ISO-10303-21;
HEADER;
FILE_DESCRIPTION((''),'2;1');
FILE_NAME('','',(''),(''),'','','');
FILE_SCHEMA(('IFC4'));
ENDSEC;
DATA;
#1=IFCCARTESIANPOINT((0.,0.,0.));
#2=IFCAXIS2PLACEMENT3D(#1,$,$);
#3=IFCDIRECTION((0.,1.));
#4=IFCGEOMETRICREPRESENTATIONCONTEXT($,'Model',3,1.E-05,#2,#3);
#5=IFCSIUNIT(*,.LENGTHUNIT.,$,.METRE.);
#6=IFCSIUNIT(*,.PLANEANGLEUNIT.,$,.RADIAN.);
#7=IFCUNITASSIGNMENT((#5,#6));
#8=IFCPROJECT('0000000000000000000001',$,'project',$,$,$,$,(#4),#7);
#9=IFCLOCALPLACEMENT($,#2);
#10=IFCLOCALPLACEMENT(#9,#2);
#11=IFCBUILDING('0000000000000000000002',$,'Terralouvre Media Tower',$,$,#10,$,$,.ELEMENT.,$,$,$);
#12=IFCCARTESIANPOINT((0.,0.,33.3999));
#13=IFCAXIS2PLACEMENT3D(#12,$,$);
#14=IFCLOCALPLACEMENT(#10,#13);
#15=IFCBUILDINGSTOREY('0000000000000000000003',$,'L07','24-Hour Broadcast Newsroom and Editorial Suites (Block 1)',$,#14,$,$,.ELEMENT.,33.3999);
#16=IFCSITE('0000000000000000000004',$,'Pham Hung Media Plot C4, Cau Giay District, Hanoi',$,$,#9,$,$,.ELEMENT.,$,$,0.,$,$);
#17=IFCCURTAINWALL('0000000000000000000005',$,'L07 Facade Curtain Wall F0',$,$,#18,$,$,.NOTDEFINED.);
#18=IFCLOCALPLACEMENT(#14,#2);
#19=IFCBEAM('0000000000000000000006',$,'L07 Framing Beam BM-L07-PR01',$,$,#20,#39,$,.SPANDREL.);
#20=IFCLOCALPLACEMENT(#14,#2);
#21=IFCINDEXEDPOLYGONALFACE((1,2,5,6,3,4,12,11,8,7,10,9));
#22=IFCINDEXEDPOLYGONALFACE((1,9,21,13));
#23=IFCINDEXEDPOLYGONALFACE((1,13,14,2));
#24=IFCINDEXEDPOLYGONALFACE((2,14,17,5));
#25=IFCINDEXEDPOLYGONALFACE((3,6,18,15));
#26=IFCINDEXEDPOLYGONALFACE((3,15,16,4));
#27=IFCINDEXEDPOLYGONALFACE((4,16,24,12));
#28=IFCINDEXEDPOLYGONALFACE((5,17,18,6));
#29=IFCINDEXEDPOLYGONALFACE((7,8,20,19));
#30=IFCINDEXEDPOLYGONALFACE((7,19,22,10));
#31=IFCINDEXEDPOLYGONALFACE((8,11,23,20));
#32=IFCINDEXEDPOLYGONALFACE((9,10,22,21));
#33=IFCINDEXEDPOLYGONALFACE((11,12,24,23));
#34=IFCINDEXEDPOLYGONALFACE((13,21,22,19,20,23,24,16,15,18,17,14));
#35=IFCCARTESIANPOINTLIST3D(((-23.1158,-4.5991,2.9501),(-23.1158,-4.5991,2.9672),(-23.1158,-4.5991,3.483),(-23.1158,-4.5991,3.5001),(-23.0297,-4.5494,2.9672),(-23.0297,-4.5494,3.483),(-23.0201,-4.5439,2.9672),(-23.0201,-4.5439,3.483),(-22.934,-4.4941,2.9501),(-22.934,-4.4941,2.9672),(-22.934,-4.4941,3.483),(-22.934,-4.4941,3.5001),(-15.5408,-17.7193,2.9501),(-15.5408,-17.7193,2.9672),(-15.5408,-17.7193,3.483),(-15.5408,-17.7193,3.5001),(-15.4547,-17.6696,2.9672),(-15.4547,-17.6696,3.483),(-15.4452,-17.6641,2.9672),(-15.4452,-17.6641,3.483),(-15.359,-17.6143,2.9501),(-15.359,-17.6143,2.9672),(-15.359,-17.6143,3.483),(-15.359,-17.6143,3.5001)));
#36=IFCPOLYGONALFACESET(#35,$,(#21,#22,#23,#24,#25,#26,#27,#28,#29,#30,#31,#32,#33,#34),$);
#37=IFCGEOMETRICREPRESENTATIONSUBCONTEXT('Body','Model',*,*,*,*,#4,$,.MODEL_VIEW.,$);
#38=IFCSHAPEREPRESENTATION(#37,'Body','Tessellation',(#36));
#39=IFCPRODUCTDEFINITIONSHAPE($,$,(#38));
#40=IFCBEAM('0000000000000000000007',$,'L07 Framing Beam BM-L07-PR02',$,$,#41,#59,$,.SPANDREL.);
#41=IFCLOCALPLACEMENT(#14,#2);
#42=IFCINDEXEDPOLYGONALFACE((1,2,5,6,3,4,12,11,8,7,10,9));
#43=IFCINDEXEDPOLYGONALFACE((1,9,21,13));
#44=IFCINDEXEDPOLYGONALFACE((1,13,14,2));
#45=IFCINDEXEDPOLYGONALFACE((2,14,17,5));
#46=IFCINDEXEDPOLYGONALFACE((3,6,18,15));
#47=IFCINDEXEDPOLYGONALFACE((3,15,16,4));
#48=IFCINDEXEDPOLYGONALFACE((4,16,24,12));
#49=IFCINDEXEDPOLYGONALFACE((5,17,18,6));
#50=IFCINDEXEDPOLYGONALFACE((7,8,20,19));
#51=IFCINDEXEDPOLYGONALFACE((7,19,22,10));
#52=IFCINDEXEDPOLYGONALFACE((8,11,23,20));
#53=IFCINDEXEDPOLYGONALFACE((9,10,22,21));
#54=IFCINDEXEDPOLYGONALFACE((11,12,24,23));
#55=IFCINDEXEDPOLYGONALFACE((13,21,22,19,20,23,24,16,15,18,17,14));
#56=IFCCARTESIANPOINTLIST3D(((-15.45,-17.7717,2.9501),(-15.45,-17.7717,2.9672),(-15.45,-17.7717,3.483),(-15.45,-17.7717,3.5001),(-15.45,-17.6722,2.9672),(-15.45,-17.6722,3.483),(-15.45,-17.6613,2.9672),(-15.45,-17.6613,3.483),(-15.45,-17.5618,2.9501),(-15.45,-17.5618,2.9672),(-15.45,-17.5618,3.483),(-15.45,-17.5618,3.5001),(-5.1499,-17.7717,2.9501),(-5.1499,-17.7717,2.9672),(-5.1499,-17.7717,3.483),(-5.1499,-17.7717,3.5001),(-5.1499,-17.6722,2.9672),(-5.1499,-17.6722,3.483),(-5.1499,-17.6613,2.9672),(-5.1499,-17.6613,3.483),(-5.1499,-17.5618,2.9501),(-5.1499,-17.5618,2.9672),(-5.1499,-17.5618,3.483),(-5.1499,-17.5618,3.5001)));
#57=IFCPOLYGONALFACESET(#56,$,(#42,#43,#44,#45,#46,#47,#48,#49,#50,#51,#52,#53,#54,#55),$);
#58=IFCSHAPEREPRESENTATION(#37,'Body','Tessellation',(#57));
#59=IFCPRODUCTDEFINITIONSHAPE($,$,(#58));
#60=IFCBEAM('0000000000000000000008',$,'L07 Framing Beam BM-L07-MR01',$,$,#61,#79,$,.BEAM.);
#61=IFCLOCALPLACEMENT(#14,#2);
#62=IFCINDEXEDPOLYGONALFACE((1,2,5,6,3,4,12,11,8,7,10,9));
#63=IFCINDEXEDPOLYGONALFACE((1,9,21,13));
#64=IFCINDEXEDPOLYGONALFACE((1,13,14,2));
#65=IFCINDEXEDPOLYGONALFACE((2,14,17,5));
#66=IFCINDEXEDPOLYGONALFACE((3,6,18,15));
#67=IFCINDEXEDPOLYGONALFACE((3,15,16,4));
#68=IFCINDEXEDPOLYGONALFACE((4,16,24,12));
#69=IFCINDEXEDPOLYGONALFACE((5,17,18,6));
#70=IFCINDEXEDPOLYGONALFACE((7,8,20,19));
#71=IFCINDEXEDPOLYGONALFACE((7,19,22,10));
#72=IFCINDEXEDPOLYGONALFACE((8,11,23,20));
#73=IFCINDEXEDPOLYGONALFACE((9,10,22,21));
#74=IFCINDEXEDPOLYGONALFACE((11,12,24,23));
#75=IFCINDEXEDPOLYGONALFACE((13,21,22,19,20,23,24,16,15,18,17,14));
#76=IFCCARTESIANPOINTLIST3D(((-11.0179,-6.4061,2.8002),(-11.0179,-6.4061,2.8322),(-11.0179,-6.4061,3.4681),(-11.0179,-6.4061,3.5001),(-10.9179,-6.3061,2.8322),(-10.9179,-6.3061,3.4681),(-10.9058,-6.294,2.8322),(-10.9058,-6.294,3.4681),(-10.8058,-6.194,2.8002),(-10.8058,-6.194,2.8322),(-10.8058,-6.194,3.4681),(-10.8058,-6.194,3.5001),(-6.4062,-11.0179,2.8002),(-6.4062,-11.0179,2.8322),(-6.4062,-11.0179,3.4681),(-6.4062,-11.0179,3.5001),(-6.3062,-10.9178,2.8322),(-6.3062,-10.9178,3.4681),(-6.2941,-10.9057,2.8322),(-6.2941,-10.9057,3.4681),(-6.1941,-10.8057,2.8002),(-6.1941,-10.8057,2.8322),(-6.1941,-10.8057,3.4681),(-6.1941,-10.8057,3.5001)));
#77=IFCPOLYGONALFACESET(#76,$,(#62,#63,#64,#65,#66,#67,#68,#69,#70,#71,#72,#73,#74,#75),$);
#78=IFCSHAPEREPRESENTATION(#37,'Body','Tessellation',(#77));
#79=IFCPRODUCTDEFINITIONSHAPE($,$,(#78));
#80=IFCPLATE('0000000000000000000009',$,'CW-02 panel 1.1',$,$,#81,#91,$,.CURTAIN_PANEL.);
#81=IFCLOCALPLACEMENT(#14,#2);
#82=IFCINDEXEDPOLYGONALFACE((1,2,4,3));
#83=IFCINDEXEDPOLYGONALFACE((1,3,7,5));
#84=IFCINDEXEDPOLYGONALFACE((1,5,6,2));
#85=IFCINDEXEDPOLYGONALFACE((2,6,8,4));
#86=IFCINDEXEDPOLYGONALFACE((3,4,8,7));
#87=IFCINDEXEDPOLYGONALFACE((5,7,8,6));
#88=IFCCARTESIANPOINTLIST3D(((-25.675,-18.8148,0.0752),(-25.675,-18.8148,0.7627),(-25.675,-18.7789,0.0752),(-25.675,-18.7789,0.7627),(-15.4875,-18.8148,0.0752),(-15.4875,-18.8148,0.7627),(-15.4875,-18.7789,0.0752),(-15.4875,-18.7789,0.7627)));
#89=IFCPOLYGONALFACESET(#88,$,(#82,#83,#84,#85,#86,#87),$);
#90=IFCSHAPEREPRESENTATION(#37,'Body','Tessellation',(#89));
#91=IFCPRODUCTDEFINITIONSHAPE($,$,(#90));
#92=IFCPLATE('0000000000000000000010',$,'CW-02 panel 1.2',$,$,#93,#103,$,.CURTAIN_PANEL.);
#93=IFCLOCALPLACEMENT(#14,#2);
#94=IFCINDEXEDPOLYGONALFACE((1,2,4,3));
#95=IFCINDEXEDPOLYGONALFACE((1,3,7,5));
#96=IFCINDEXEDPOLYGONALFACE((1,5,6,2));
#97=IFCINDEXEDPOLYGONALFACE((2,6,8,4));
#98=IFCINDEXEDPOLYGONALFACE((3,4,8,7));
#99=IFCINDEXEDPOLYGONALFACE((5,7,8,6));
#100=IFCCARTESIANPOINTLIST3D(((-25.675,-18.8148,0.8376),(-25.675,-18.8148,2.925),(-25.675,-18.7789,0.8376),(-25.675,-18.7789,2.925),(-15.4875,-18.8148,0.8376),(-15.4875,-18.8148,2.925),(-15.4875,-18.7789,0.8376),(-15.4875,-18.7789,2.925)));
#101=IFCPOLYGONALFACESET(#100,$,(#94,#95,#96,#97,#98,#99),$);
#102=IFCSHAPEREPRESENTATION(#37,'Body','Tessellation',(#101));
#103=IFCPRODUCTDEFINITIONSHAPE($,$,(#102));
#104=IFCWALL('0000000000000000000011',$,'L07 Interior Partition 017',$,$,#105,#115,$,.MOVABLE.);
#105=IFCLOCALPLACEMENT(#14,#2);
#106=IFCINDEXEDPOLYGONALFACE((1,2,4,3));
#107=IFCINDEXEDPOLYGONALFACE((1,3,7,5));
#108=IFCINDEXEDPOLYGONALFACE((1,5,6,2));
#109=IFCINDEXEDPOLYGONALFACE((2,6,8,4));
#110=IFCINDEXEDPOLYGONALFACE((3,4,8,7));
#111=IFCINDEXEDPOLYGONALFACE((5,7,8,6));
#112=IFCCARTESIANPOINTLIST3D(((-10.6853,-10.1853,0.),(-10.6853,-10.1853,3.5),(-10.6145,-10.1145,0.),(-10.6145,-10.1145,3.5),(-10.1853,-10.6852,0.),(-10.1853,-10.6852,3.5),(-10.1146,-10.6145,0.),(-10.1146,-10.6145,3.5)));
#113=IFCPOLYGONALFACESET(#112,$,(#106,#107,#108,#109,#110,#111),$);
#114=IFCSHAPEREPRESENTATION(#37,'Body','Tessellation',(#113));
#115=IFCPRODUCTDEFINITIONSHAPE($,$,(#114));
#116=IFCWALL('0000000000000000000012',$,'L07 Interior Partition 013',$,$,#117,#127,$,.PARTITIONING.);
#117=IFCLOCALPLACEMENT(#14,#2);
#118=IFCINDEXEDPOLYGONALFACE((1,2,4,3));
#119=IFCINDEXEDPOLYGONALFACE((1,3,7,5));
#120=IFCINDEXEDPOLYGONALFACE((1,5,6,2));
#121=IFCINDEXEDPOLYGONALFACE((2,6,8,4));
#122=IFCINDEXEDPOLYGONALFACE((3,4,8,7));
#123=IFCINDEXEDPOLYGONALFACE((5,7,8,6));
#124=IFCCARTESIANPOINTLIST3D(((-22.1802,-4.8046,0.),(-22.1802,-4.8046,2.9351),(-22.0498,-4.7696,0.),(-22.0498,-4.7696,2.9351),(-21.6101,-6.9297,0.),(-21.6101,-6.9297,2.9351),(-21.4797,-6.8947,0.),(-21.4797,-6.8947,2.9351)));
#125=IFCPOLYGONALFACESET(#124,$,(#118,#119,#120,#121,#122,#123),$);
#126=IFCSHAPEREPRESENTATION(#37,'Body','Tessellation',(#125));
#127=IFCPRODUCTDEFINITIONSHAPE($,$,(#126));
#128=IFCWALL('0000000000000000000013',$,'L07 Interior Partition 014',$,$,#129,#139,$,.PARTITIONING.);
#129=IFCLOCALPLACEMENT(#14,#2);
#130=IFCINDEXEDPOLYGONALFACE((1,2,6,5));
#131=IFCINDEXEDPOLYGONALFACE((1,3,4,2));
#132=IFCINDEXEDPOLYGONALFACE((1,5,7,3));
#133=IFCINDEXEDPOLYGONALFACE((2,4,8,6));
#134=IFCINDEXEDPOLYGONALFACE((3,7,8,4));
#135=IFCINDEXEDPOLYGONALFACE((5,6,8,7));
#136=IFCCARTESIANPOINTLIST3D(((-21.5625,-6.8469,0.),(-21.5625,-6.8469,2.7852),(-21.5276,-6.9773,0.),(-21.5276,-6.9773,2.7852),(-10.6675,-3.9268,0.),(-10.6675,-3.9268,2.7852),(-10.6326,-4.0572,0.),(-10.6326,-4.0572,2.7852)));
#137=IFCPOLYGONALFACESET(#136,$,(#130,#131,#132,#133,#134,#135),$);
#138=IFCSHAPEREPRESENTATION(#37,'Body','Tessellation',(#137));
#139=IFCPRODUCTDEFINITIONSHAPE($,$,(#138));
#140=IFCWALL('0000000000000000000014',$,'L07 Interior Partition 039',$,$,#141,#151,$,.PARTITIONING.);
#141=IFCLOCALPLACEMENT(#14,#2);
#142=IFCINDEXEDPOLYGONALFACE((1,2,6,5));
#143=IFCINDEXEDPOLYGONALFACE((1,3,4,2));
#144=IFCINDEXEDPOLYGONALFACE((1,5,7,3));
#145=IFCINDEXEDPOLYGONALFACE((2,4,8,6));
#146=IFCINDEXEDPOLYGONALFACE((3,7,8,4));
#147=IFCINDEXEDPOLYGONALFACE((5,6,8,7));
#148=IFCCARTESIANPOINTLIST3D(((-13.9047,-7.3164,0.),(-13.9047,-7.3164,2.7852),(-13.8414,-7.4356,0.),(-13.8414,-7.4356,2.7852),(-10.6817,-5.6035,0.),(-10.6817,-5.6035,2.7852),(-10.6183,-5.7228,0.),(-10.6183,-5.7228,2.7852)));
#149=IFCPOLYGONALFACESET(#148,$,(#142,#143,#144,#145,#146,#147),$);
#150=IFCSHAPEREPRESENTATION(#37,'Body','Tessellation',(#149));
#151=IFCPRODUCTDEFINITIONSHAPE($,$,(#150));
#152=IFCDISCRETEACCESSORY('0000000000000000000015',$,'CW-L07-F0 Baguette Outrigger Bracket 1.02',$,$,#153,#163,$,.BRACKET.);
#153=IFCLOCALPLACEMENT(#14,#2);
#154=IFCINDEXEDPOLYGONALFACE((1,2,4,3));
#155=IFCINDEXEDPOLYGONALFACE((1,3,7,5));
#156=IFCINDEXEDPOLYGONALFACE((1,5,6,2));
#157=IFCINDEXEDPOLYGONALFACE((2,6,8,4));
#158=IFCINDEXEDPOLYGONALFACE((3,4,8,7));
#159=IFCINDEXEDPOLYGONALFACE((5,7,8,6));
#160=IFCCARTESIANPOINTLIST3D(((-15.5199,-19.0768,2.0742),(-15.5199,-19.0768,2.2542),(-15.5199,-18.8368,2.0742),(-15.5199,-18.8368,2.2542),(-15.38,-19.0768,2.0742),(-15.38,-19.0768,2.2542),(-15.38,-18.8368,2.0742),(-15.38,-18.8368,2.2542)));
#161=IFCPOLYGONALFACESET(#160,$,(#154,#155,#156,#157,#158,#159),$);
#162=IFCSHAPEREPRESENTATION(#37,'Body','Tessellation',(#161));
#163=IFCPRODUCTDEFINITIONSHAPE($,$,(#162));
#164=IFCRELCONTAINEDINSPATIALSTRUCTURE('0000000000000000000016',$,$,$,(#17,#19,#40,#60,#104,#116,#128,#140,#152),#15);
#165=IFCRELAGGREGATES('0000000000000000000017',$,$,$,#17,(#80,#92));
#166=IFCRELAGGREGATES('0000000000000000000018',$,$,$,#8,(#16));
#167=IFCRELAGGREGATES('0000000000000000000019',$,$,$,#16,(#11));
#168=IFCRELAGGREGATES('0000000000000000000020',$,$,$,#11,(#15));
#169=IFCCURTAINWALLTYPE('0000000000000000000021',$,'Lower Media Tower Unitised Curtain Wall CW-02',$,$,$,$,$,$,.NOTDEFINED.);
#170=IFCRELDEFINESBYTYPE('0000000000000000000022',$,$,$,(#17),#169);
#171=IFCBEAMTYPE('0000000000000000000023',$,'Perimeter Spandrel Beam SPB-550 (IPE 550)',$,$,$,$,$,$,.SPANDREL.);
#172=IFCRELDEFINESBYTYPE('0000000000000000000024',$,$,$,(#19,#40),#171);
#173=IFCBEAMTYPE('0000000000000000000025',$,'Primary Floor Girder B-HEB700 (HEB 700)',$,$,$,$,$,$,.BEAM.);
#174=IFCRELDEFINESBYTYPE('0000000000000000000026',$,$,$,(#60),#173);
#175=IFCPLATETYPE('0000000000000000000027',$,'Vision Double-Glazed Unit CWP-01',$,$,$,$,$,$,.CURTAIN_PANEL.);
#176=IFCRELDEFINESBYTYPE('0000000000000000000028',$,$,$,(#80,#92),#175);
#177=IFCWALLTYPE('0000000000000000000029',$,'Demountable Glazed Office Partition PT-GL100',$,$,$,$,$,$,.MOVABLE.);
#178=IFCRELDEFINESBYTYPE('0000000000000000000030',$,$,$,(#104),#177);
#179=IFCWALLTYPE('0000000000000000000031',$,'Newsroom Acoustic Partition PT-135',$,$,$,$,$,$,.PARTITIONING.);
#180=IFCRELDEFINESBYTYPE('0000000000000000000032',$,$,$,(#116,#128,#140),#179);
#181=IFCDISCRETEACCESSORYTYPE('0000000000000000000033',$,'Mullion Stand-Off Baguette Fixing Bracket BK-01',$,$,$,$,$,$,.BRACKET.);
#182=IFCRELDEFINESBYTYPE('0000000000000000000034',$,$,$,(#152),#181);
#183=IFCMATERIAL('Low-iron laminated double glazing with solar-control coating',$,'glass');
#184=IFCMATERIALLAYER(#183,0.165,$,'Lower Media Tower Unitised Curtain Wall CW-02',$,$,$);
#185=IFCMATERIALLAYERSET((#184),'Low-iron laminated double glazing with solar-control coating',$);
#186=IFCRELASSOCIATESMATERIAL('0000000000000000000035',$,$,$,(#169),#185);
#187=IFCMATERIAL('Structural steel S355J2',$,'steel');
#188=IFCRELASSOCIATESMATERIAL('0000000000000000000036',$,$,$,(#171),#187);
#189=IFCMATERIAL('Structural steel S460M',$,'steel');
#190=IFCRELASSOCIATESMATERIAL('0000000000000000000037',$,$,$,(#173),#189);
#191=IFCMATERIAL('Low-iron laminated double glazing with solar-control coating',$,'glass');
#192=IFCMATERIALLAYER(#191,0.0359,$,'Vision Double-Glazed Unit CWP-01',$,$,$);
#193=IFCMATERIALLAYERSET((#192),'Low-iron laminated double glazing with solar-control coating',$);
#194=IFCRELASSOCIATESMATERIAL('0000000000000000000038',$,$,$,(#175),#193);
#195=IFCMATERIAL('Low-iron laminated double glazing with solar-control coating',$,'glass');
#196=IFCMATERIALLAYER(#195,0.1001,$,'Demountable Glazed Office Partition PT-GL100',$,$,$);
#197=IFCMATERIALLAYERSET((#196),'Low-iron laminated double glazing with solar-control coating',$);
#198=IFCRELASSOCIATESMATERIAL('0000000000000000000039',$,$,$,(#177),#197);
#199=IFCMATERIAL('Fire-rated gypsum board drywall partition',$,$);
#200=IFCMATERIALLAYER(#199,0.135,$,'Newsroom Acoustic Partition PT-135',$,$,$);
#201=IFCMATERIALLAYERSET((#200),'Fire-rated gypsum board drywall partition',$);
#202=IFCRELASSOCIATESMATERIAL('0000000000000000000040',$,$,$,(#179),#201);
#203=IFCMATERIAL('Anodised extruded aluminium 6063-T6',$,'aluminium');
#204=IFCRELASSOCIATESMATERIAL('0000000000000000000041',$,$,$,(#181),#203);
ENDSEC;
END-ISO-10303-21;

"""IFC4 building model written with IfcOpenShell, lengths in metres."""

from ifc_helpers import new_model, si_unit, direction, frame, frame_2d, origin, origin_2d, place, context, subcontext, project, spatial, rectangle, i_section, extrude, material, layer, layer_set, material_profile, profile_set, type_object, element, aggregate, save


model = new_model("IFC4")

# Units and contexts
model_context = context("Model", 3, precision=1e-05, world=origin(), true_north=direction((0.0, 1.0)))
body_context = subcontext(model_context, "Body", "Model", "MODEL_VIEW")
ifc_project = project(units=[si_unit("LENGTHUNIT", "METRE"), si_unit("PLANEANGLEUNIT", "RADIAN")], contexts=[model_context])

# Site, building, storey
site_placement = place(None, origin())
site = spatial("IfcSite", under=ifc_project, at=site_placement, Name="Pham Hung Media Plot C4, Cau Giay District, Hanoi", CompositionType="ELEMENT", RefElevation=0.0)
building_placement = place(site_placement, origin())
building = spatial("IfcBuilding", under=site, at=building_placement, Name="Terralouvre Media Tower", CompositionType="ELEMENT")
storey_placement = place(building_placement, frame((0.0, 0.0, 33.3999)))
storey = spatial("IfcBuildingStorey", under=building, at=storey_placement, Name="L07", Description="24-Hour Broadcast Newsroom and Editorial Suites (Block 1)", CompositionType="ELEMENT", Elevation=33.3999)

# Curtain wall
ifc_material_1 = material(Name="Low-iron laminated double glazing with solar-control coating", Category="glass")
ifc_layer_1 = layer(ifc_material_1, 0.165, Name="Lower Media Tower Unitised Curtain Wall CW-02")
ifc_layer_set_1 = layer_set([ifc_layer_1], Name="Low-iron laminated double glazing with solar-control coating")
curtain_wall_type = type_object("IfcCurtainWallType", Name="Lower Media Tower Unitised Curtain Wall CW-02", PredefinedType="NOTDEFINED", material=ifc_layer_set_1)
curtain_wall_1_placement = place(storey_placement, origin())
curtain_wall_1 = element("IfcCurtainWall", 1, at=curtain_wall_1_placement, inside=storey, type_object=curtain_wall_type, Name="L07 Facade Curtain Wall F0", PredefinedType="NOTDEFINED")

# Beams
ifc_material_2 = material(Name="Structural steel S355J2", Category="steel")
ifc_material_profile_1 = material_profile(ifc_material_2, i_section(OverallWidth=0.21, OverallDepth=0.55, WebThickness=0.011, FlangeThickness=0.0171, at=origin_2d()), Name="IPE 550")
ifc_profile_set_1 = profile_set([ifc_material_profile_1], Name="Structural steel S355J2")
beam_type_1 = type_object("IfcBeamType", Name="Perimeter Spandrel Beam SPB-550 (IPE 550)", PredefinedType="SPANDREL", material=ifc_profile_set_1)
beam_1_placement = place(storey_placement, frame((-23.0249, -4.5466, 3.2251), z_axis=(0.500002, -0.866024, 0.0), x_axis=(0.866024, 0.500002, 0.0)))
element("IfcBeam", 2, at=beam_1_placement, inside=storey, type_object=beam_type_1, Name="L07 Framing Beam BM-L07-PR01", PredefinedType="SPANDREL", context=body_context, shape_type="SweptSolid", body=[
    extrude(i_section(OverallWidth=0.21, OverallDepth=0.55, WebThickness=0.011, FlangeThickness=0.0171, at=origin_2d()), origin(), (0.0, 0.0, 1.0), 15.1499),
])
beam_2_placement = place(storey_placement, frame((-15.45, -17.6667, 3.2251), z_axis=(1.0, 0.0, 0.0), x_axis=(0.0, 1.0, 0.0)))
element("IfcBeam", 3, at=beam_2_placement, inside=storey, type_object=beam_type_1, Name="L07 Framing Beam BM-L07-PR02", PredefinedType="SPANDREL", context=body_context, shape_type="SweptSolid", body=[
    extrude(i_section(OverallWidth=0.21, OverallDepth=0.55, WebThickness=0.011, FlangeThickness=0.0171, at=origin_2d()), origin(), (0.0, 0.0, 1.0), 10.3),
])
ifc_material_3 = material(Name="Structural steel S460M", Category="steel")
ifc_material_profile_2 = material_profile(ifc_material_3, i_section(OverallWidth=0.3, OverallDepth=0.7, WebThickness=0.0171, FlangeThickness=0.032, at=origin_2d()), Name="HEB 700")
ifc_profile_set_2 = profile_set([ifc_material_profile_2], Name="Structural steel S460M")
beam_type_2 = type_object("IfcBeamType", Name="Primary Floor Girder B-HEB700 (HEB 700)", PredefinedType="BEAM", material=ifc_profile_set_2)
beam_3_placement = place(storey_placement, frame((-10.9119, -6.3, 3.1501), z_axis=(0.707107, -0.707107, 0.0), x_axis=(0.707107, 0.707107, 0.0)))
element("IfcBeam", 4, at=beam_3_placement, inside=storey, type_object=beam_type_2, Name="L07 Framing Beam BM-L07-MR01", PredefinedType="BEAM", context=body_context, shape_type="SweptSolid", body=[
    extrude(i_section(OverallWidth=0.3, OverallDepth=0.7, WebThickness=0.0171, FlangeThickness=0.032, at=origin_2d()), origin(), (0.0, 0.0, 1.0), 6.522),
])

# Plates
ifc_material_4 = material(Name="Low-iron laminated double glazing with solar-control coating", Category="glass")
ifc_layer_2 = layer(ifc_material_4, 0.0359, Name="Vision Double-Glazed Unit CWP-01")
ifc_layer_set_2 = layer_set([ifc_layer_2], Name="Low-iron laminated double glazing with solar-control coating")
plate_type = type_object("IfcPlateType", Name="Vision Double-Glazed Unit CWP-01", PredefinedType="CURTAIN_PANEL", material=ifc_layer_set_2)
plate_1_placement = place(storey_placement, frame((-20.5813, -18.7969, 0.0752), z_axis=(0.0, 0.0, 1.0), x_axis=(1.0, 0.0, 0.0)))
plate_1 = element("IfcPlate", 5, at=plate_1_placement, type_object=plate_type, Name="CW-02 panel 1.1", PredefinedType="CURTAIN_PANEL", context=body_context, shape_type="SweptSolid", body=[
    extrude(rectangle(XDim=10.1875, YDim=0.0359, at=origin_2d()), origin(), (0.0, 0.0, 1.0), 0.6875),
])
plate_2_placement = place(storey_placement, frame((-20.5813, -18.7969, 0.8376), z_axis=(0.0, 0.0, 1.0), x_axis=(1.0, 0.0, 0.0)))
plate_2 = element("IfcPlate", 6, at=plate_2_placement, type_object=plate_type, Name="CW-02 panel 1.2", PredefinedType="CURTAIN_PANEL", context=body_context, shape_type="SweptSolid", body=[
    extrude(rectangle(XDim=10.1875, YDim=0.0359, at=origin_2d()), origin(), (0.0, 0.0, 1.0), 2.0874),
])
aggregate(curtain_wall_1, [plate_1, plate_2])

# Walls
ifc_material_5 = material(Name="Low-iron laminated double glazing with solar-control coating", Category="glass")
ifc_layer_3 = layer(ifc_material_5, 0.1001, Name="Demountable Glazed Office Partition PT-GL100")
ifc_layer_set_3 = layer_set([ifc_layer_3], Name="Low-iron laminated double glazing with solar-control coating")
wall_type_1 = type_object("IfcWallType", Name="Demountable Glazed Office Partition PT-GL100", PredefinedType="MOVABLE", material=ifc_layer_set_3)
wall_1_placement = place(storey_placement, frame((-10.6499, -10.1499, 0.0), z_axis=(0.0, 0.0, 1.0), x_axis=(0.707107, -0.707107, 0.0)))
element("IfcWall", 7, at=wall_1_placement, inside=storey, type_object=wall_type_1, Name="L07 Interior Partition 017", PredefinedType="MOVABLE", context=body_context, shape_type="SweptSolid", body=[
    extrude(rectangle(XDim=0.707, YDim=0.1001, at=frame_2d((0.3535, 0.0))), origin(), (0.0, 0.0, 1.0), 3.5),
])
ifc_material_6 = material(Name="Fire-rated gypsum board drywall partition")
ifc_layer_4 = layer(ifc_material_6, 0.135, Name="Newsroom Acoustic Partition PT-135")
ifc_layer_set_4 = layer_set([ifc_layer_4], Name="Fire-rated gypsum board drywall partition")
wall_type_2 = type_object("IfcWallType", Name="Newsroom Acoustic Partition PT-135", PredefinedType="PARTITIONING", material=ifc_layer_set_4)
wall_2_placement = place(storey_placement, frame((-22.115, -4.7871, 0.0), z_axis=(0.0, 0.0, 1.0), x_axis=(0.259106, -0.965849, 0.0)))
element("IfcWall", 8, at=wall_2_placement, inside=storey, type_object=wall_type_2, Name="L07 Interior Partition 013", PredefinedType="PARTITIONING", context=body_context, shape_type="SweptSolid", body=[
    extrude(rectangle(XDim=2.2002, YDim=0.135, at=frame_2d((1.1001, 0.0))), origin(), (0.0, 0.0, 1.0), 2.9351),
])
wall_3_placement = place(storey_placement, frame((-21.5449, -6.9121, 0.0), z_axis=(0.0, 0.0, 1.0), x_axis=(0.965907, 0.25889, 0.0)))
element("IfcWall", 9, at=wall_3_placement, inside=storey, type_object=wall_type_2, Name="L07 Interior Partition 014", PredefinedType="PARTITIONING", context=body_context, shape_type="SweptSolid", body=[
    extrude(rectangle(XDim=11.2795, YDim=0.135, at=frame_2d((5.6396, 0.0))), origin(), (0.0, 0.0, 1.0), 2.7852),
])
wall_4_placement = place(storey_placement, frame((-13.873, -7.376, 0.0), z_axis=(0.0, 0.0, 1.0), x_axis=(0.883048, 0.469282, 0.0)))
element("IfcWall", 10, at=wall_4_placement, inside=storey, type_object=wall_type_2, Name="L07 Interior Partition 039", PredefinedType="PARTITIONING", context=body_context, shape_type="SweptSolid", body=[
    extrude(rectangle(XDim=3.6499, YDim=0.135, at=frame_2d((1.825, 0.0))), origin(), (0.0, 0.0, 1.0), 2.7852),
])

# Discrete accessory
ifc_material_7 = material(Name="Anodised extruded aluminium 6063-T6", Category="aluminium")
discrete_accessory_type = type_object("IfcDiscreteAccessoryType", Name="Mullion Stand-Off Baguette Fixing Bracket BK-01", PredefinedType="BRACKET", material=ifc_material_7)
discrete_accessory_placement = place(storey_placement, frame((-15.45, -18.9568, 2.0742), z_axis=(0.0, 0.0, 1.0), x_axis=(1.0, 0.0, 0.0)))
element("IfcDiscreteAccessory", 11, at=discrete_accessory_placement, inside=storey, type_object=discrete_accessory_type, Name="CW-L07-F0 Baguette Outrigger Bracket 1.02", PredefinedType="BRACKET", context=body_context, shape_type="SweptSolid", body=[
    extrude(rectangle(XDim=0.1399, YDim=0.24, at=origin_2d()), origin(), (0.0, 0.0, 1.0), 0.1799),
])

save(model, "model.ifc")
